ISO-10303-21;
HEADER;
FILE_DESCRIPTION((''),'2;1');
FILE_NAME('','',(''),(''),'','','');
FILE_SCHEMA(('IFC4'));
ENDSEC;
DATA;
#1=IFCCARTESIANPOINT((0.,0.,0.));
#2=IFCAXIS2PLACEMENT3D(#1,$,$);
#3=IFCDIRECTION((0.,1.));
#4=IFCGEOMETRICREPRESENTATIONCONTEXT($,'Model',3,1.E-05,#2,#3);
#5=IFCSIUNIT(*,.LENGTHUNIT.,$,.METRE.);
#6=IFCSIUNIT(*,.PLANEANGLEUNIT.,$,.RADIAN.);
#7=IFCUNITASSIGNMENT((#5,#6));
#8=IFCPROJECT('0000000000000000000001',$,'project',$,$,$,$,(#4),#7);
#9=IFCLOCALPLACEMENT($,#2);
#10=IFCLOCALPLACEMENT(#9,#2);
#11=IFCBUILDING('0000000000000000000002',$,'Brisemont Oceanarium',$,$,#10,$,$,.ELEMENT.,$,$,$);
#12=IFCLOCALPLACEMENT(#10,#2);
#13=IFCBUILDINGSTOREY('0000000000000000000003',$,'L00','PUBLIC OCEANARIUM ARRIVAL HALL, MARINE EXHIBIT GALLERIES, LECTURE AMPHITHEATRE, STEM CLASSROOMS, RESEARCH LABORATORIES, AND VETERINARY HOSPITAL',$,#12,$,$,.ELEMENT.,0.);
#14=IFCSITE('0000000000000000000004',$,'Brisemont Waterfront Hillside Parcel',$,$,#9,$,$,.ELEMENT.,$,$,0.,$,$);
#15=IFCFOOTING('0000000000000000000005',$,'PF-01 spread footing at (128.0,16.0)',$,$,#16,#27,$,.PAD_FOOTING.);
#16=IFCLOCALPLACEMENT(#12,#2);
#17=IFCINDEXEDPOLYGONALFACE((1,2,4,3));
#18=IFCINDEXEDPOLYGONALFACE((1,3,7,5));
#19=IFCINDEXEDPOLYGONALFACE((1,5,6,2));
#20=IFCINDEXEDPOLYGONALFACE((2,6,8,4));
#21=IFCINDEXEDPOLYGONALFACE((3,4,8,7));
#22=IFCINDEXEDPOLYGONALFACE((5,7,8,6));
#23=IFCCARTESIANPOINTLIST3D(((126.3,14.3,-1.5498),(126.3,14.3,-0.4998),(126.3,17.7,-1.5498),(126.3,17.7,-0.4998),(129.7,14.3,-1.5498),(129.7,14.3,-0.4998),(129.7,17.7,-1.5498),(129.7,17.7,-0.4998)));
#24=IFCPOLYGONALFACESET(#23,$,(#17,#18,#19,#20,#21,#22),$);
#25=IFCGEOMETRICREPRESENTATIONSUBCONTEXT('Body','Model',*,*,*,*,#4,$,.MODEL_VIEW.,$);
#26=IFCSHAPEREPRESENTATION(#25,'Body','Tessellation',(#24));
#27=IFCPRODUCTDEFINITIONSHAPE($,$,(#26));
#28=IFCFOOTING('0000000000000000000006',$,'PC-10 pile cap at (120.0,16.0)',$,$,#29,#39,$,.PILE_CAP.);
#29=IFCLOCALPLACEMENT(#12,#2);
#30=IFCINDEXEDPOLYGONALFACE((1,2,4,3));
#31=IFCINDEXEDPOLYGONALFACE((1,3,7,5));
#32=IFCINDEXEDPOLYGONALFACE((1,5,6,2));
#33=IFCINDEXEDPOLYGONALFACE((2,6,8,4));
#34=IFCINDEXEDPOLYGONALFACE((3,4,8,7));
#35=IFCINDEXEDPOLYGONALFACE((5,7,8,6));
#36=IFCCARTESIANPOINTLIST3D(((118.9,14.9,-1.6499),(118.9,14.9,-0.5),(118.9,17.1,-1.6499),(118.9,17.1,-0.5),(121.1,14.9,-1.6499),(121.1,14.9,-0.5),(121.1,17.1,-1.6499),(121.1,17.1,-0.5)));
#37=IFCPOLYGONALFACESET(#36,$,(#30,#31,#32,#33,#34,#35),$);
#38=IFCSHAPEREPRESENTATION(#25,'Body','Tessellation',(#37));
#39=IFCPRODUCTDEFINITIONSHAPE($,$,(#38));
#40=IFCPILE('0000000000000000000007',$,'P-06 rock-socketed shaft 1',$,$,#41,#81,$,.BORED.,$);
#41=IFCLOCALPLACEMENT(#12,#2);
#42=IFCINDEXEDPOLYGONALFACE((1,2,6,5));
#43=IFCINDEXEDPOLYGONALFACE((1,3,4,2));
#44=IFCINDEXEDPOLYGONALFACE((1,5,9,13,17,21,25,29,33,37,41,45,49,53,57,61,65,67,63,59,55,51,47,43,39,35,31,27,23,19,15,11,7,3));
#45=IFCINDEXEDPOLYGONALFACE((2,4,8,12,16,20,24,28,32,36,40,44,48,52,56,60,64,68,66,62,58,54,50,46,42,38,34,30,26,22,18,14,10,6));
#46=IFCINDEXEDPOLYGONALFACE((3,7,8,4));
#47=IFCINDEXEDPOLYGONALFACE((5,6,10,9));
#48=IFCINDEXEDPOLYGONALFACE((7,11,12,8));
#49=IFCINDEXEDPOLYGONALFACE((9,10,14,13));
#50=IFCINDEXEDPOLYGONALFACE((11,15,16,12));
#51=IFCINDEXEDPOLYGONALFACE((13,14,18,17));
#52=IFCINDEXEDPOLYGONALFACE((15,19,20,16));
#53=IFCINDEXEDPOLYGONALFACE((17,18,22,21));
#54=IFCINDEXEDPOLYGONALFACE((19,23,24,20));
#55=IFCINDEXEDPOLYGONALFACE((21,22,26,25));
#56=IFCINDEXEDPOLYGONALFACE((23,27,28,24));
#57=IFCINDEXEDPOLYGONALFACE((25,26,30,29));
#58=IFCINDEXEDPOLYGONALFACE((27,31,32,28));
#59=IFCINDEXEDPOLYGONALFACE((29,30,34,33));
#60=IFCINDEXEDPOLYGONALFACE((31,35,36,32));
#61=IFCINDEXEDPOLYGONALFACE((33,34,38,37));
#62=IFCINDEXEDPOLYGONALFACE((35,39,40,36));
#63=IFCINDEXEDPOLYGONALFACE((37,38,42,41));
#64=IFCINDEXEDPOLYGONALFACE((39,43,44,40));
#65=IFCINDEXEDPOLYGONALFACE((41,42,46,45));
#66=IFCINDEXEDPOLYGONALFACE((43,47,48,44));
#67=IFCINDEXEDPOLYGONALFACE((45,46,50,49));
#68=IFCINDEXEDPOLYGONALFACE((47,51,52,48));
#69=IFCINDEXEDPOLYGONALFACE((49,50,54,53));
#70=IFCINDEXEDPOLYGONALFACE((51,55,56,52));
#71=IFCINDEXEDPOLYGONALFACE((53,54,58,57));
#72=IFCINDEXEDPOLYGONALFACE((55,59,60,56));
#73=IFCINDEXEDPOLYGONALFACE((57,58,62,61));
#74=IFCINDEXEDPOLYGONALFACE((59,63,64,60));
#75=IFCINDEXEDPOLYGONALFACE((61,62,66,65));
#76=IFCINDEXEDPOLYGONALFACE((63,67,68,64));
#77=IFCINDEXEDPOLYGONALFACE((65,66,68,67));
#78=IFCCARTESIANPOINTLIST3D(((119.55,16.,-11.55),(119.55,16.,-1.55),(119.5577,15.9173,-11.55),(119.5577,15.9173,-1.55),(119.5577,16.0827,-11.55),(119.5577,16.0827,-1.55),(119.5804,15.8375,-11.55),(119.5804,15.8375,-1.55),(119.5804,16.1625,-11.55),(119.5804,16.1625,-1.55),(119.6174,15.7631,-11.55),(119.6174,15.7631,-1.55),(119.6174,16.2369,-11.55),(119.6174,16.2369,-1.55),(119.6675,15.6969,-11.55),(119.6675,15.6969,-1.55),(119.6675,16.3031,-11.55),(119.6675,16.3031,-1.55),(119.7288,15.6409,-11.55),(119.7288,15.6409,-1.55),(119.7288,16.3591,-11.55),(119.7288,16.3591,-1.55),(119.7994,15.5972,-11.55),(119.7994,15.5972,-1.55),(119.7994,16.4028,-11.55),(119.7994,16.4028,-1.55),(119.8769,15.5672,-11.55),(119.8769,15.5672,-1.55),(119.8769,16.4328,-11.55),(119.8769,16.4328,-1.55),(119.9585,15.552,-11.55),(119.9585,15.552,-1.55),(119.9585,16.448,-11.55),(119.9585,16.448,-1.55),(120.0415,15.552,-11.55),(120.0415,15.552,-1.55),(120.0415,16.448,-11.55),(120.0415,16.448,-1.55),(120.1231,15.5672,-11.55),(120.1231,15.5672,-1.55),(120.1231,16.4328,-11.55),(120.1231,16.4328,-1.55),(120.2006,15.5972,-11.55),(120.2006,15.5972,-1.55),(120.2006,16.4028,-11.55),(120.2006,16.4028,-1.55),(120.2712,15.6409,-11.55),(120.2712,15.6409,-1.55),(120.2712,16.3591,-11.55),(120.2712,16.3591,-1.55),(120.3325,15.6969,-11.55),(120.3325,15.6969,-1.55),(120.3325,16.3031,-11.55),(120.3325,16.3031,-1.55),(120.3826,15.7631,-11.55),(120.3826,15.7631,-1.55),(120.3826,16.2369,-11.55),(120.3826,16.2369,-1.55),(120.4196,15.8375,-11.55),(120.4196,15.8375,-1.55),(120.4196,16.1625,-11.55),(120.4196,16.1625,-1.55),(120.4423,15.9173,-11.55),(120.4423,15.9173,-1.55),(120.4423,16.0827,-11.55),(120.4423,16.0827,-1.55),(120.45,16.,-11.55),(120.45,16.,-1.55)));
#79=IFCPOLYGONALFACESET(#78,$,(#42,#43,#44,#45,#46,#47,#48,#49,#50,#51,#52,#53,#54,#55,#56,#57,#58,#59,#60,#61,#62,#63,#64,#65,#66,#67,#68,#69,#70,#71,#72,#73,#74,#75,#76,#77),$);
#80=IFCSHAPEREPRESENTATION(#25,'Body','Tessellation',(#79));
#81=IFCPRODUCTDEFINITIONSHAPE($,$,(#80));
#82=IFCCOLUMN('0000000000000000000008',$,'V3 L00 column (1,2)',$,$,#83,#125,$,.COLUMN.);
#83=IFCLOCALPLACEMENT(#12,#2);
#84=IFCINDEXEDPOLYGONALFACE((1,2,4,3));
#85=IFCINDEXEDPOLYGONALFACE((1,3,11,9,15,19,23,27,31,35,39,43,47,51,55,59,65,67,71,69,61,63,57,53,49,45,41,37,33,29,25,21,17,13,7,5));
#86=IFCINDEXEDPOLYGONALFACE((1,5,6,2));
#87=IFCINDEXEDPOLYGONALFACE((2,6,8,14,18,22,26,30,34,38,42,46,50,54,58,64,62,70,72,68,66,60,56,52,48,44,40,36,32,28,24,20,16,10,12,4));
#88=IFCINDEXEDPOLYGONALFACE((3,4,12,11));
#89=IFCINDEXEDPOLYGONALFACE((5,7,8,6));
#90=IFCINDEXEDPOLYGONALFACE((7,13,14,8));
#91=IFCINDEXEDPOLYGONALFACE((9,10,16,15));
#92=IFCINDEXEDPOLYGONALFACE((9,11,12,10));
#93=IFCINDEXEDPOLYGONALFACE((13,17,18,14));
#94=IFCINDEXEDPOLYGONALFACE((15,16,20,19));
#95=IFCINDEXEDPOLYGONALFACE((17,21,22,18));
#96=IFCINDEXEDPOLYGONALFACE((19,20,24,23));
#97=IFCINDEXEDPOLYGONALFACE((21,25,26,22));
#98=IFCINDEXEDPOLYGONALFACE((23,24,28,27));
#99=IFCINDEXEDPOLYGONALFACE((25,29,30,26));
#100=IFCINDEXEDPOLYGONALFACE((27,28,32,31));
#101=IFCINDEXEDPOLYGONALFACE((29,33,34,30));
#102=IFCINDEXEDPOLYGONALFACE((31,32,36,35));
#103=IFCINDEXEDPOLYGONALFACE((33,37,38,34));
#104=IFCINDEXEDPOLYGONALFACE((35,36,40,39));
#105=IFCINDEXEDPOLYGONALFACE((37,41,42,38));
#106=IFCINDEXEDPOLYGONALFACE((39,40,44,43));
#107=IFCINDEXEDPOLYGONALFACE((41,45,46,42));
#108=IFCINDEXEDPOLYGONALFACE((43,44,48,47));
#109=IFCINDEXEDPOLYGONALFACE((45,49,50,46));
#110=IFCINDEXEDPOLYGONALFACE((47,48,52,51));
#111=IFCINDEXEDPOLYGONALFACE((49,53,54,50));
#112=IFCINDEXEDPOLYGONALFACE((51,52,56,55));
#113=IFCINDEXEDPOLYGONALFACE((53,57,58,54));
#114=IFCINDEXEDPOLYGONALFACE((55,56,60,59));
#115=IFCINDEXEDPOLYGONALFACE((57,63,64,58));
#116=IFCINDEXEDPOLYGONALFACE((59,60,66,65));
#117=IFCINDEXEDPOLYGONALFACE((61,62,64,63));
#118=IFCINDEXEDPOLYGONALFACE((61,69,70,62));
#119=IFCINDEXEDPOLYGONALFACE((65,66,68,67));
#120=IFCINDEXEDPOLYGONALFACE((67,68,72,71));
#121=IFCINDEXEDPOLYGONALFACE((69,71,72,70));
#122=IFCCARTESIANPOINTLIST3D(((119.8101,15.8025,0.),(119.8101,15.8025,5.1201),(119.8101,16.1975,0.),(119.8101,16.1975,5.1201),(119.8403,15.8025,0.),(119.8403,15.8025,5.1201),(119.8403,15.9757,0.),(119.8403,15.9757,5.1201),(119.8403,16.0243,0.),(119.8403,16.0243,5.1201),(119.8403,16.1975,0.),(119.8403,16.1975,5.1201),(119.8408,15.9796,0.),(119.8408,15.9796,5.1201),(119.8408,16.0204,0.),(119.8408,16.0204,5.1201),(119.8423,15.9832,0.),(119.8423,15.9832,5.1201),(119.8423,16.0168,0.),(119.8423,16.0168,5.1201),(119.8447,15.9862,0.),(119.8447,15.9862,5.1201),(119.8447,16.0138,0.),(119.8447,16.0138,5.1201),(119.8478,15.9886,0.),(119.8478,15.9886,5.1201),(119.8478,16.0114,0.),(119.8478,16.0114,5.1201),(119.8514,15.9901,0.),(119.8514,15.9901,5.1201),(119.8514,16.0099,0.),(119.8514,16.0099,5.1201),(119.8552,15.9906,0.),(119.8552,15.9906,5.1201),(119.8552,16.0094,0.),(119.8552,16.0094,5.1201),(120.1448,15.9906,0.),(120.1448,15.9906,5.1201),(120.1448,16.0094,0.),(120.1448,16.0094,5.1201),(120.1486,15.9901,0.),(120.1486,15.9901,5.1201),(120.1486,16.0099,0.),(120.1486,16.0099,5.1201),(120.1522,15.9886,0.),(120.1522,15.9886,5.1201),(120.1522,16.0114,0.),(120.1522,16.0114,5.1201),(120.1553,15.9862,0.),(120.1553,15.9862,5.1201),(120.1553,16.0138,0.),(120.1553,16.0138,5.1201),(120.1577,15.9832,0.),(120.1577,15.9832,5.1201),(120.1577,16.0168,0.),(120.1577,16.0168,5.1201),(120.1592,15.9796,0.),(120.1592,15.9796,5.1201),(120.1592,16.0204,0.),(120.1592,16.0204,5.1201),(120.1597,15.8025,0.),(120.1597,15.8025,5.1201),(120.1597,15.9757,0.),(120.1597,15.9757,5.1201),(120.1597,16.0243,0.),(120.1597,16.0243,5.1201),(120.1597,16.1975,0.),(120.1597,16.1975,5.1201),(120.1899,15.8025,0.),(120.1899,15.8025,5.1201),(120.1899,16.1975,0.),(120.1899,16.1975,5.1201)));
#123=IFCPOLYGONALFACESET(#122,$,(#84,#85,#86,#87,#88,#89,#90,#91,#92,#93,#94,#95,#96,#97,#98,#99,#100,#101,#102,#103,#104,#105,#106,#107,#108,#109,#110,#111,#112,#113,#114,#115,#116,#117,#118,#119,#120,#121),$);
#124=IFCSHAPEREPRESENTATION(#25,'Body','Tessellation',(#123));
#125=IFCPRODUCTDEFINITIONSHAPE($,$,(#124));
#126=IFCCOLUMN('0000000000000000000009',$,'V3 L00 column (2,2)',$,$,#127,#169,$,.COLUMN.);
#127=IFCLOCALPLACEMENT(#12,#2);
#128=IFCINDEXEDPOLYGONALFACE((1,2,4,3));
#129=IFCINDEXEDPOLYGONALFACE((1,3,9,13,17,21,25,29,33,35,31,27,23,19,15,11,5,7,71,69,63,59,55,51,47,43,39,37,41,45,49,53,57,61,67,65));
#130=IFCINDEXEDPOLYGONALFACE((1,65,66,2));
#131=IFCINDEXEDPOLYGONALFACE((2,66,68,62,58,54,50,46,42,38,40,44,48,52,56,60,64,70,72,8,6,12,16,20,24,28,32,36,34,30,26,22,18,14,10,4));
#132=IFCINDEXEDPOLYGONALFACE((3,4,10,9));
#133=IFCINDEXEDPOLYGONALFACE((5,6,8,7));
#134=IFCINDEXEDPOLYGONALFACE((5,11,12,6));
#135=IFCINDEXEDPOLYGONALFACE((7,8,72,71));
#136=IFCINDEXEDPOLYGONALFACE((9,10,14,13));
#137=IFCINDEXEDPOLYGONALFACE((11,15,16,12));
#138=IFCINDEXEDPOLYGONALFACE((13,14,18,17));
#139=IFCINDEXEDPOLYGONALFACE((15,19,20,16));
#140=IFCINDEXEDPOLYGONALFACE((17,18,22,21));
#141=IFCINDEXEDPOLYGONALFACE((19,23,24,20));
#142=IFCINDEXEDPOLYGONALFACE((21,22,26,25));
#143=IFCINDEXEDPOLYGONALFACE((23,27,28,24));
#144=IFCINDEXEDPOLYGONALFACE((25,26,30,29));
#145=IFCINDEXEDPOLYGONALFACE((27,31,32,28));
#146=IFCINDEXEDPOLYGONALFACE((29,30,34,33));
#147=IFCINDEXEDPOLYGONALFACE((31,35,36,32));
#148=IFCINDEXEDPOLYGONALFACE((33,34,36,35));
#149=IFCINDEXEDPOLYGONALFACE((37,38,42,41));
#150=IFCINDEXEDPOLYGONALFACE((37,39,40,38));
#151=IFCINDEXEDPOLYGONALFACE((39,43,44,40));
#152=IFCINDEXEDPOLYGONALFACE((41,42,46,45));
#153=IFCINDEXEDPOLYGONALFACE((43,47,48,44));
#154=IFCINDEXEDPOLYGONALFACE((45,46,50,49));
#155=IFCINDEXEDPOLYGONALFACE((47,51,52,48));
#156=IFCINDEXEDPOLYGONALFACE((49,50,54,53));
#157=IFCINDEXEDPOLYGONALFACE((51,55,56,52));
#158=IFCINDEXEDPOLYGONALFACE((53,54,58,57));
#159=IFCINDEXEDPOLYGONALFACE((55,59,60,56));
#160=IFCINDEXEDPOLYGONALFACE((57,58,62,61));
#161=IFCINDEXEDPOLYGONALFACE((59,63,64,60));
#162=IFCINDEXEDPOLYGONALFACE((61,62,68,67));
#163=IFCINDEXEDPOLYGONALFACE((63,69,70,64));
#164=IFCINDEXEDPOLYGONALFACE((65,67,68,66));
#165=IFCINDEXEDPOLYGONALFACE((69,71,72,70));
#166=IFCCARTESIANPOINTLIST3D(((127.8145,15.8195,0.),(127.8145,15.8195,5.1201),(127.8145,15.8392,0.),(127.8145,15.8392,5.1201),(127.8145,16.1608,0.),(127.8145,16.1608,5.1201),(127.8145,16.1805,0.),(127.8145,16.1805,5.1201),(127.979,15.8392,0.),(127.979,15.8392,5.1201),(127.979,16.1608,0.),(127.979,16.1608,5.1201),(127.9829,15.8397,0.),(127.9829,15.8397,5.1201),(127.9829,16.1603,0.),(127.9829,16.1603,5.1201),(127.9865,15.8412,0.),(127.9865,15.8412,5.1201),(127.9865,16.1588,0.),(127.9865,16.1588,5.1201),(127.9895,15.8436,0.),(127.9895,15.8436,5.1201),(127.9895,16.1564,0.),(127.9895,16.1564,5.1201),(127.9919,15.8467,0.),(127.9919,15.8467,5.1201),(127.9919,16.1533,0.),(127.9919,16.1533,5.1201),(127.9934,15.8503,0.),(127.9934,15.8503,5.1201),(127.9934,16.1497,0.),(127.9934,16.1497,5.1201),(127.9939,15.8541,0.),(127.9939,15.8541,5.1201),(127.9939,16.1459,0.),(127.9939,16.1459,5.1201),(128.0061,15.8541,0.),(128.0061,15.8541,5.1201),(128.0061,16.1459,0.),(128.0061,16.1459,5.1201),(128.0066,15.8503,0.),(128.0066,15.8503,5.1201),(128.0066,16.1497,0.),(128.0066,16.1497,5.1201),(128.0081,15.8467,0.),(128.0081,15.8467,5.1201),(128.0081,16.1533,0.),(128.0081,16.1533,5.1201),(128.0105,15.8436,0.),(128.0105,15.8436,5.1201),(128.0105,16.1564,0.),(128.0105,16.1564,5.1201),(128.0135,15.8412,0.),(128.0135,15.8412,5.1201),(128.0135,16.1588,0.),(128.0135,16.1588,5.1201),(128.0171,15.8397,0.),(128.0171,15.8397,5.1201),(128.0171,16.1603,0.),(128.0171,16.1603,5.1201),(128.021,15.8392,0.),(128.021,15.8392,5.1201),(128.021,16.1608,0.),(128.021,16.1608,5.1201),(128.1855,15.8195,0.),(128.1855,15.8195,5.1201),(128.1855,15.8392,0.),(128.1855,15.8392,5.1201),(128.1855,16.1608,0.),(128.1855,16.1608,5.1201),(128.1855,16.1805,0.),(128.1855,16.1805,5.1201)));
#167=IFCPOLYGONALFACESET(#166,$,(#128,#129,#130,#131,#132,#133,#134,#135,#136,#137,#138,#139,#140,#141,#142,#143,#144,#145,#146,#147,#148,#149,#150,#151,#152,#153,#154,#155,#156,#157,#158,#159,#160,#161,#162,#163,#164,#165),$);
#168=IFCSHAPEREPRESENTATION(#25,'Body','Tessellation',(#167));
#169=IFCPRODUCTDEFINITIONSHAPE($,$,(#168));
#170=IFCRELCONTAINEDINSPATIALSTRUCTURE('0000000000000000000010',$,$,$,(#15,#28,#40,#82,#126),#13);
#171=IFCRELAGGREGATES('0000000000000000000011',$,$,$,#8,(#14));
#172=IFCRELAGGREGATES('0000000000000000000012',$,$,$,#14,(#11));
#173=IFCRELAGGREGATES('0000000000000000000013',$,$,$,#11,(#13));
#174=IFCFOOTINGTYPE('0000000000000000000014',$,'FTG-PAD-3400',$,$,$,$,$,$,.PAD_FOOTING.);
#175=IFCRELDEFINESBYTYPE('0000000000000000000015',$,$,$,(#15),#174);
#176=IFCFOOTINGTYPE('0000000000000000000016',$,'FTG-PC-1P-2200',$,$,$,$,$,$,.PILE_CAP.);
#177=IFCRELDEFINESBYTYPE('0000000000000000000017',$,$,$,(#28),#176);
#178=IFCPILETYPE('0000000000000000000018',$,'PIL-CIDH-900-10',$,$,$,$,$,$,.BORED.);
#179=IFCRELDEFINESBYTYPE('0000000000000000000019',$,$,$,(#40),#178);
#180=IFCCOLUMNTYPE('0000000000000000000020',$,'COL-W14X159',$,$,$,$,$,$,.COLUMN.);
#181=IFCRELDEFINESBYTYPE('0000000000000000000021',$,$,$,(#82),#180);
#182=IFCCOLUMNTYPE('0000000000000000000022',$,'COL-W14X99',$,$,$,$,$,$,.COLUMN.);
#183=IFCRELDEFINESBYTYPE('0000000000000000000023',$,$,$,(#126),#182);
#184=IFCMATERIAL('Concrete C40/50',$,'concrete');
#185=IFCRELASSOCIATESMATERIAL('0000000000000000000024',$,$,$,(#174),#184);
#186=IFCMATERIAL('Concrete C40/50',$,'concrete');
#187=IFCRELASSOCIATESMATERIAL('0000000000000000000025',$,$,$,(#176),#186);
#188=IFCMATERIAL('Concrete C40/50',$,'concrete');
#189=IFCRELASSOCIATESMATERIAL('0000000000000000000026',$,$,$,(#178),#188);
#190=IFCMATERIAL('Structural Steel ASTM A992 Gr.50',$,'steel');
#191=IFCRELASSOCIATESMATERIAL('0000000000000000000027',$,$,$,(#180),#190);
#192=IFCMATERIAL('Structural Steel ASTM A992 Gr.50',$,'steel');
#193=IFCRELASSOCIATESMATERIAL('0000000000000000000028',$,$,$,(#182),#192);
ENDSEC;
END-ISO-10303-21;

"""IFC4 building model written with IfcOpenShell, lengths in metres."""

from ifc_helpers import new_model, si_unit, direction, frame, origin, origin_2d, place, context, subcontext, project, spatial, rectangle, circle, i_section, extrude, material, material_profile, profile_set, type_object, element, save


model = new_model("IFC4")

# Units and contexts
model_context = context("Model", 3, precision=1e-05, world=origin(), true_north=direction((0.0, 1.0)))
body_context = subcontext(model_context, "Body", "Model", "MODEL_VIEW")
ifc_project = project(units=[si_unit("LENGTHUNIT", "METRE"), si_unit("PLANEANGLEUNIT", "RADIAN")], contexts=[model_context])

# Site, building, storey
site_placement = place(None, origin())
site = spatial("IfcSite", under=ifc_project, at=site_placement, Name="Brisemont Waterfront Hillside Parcel", CompositionType="ELEMENT", RefElevation=0.0)
building_placement = place(site_placement, origin())
building = spatial("IfcBuilding", under=site, at=building_placement, Name="Brisemont Oceanarium", CompositionType="ELEMENT")
storey_placement = place(building_placement, origin())
storey = spatial("IfcBuildingStorey", under=building, at=storey_placement, Name="L00", Description="PUBLIC OCEANARIUM ARRIVAL HALL, MARINE EXHIBIT GALLERIES, LECTURE AMPHITHEATRE, STEM CLASSROOMS, RESEARCH LABORATORIES, AND VETERINARY HOSPITAL", CompositionType="ELEMENT", Elevation=0.0)

# Footings
ifc_material_1 = material(Name="Concrete C40/50", Category="concrete")
footing_type_1 = type_object("IfcFootingType", Name="FTG-PAD-3400", PredefinedType="PAD_FOOTING", material=ifc_material_1)
footing_1_placement = place(storey_placement, frame((128.0, 16.0, -1.5498), z_axis=(0.0, 0.0, 1.0), x_axis=(1.0, 0.0, 0.0)))
element("IfcFooting", 1, at=footing_1_placement, inside=storey, type_object=footing_type_1, Name="PF-01 spread footing at (128.0,16.0)", PredefinedType="PAD_FOOTING", context=body_context, shape_type="SweptSolid", body=[
    extrude(rectangle(XDim=3.3999, YDim=3.3999, at=origin_2d()), origin(), (0.0, 0.0, 1.0), 1.05),
])
ifc_material_2 = material(Name="Concrete C40/50", Category="concrete")
footing_type_2 = type_object("IfcFootingType", Name="FTG-PC-1P-2200", PredefinedType="PILE_CAP", material=ifc_material_2)
footing_2_placement = place(storey_placement, frame((120.0, 16.0, -1.6499), z_axis=(0.0, 0.0, 1.0), x_axis=(1.0, 0.0, 0.0)))
element("IfcFooting", 2, at=footing_2_placement, inside=storey, type_object=footing_type_2, Name="PC-10 pile cap at (120.0,16.0)", PredefinedType="PILE_CAP", context=body_context, shape_type="SweptSolid", body=[
    extrude(rectangle(XDim=2.2, YDim=2.2, at=origin_2d()), origin(), (0.0, 0.0, 1.0), 1.1499),
])

# Pile
ifc_material_3 = material(Name="Concrete C40/50", Category="concrete")
ifc_material_profile_1 = material_profile(ifc_material_3, circle(Radius=0.45, at=origin_2d()), Name="CIDH-D900")
ifc_profile_set_1 = profile_set([ifc_material_profile_1], Name="Concrete C40/50")
pile_type = type_object("IfcPileType", Name="PIL-CIDH-900-10", PredefinedType="BORED", material=ifc_profile_set_1)
pile_placement = place(storey_placement, frame((120.0, 16.0, -1.55), z_axis=(0.0, 0.0, -1.0), x_axis=(1.0, 0.0, 0.0)))
element("IfcPile", 3, at=pile_placement, inside=storey, type_object=pile_type, Name="P-06 rock-socketed shaft 1", PredefinedType="BORED", context=body_context, shape_type="SweptSolid", body=[
    extrude(circle(Radius=0.45, at=origin_2d()), origin(), (0.0, 0.0, 1.0), 10.0),
])

# Columns
ifc_material_4 = material(Name="Structural Steel ASTM A992 Gr.50", Category="steel")
ifc_material_profile_2 = material_profile(ifc_material_4, i_section(OverallWidth=0.395, OverallDepth=0.3799, WebThickness=0.0188, FlangeThickness=0.0303, FilletRadius=0.0149, at=origin_2d()), Name="W14X159")
ifc_profile_set_2 = profile_set([ifc_material_profile_2], Name="Structural Steel ASTM A992 Gr.50")
column_type_1 = type_object("IfcColumnType", Name="COL-W14X159", PredefinedType="COLUMN", material=ifc_profile_set_2)
column_1_placement = place(storey_placement, frame((120.0, 16.0, 0.0), z_axis=(0.0, 0.0, 1.0), x_axis=(0.0, 1.0, 0.0)))
element("IfcColumn", 4, at=column_1_placement, inside=storey, type_object=column_type_1, Name="V3 L00 column (1,2)", PredefinedType="COLUMN", context=body_context, shape_type="SweptSolid", body=[
    extrude(i_section(OverallWidth=0.395, OverallDepth=0.3799, WebThickness=0.0188, FlangeThickness=0.0303, FilletRadius=0.0149, at=origin_2d()), origin(), (0.0, 0.0, 1.0), 5.1201),
])
ifc_material_5 = material(Name="Structural Steel ASTM A992 Gr.50", Category="steel")
ifc_material_profile_3 = material_profile(ifc_material_5, i_section(OverallWidth=0.3711, OverallDepth=0.3611, WebThickness=0.0122, FlangeThickness=0.0198, FilletRadius=0.0149, at=origin_2d()), Name="W14X99")
ifc_profile_set_3 = profile_set([ifc_material_profile_3], Name="Structural Steel ASTM A992 Gr.50")
column_type_2 = type_object("IfcColumnType", Name="COL-W14X99", PredefinedType="COLUMN", material=ifc_profile_set_3)
column_2_placement = place(storey_placement, frame((128.0, 16.0, 0.0), z_axis=(0.0, 0.0, 1.0), x_axis=(1.0, 0.0, 0.0)))
element("IfcColumn", 5, at=column_2_placement, inside=storey, type_object=column_type_2, Name="V3 L00 column (2,2)", PredefinedType="COLUMN", context=body_context, shape_type="SweptSolid", body=[
    extrude(i_section(OverallWidth=0.3711, OverallDepth=0.3611, WebThickness=0.0122, FlangeThickness=0.0198, FilletRadius=0.0149, at=origin_2d()), origin(), (0.0, 0.0, 1.0), 5.1201),
])

save(model, "model.ifc")
